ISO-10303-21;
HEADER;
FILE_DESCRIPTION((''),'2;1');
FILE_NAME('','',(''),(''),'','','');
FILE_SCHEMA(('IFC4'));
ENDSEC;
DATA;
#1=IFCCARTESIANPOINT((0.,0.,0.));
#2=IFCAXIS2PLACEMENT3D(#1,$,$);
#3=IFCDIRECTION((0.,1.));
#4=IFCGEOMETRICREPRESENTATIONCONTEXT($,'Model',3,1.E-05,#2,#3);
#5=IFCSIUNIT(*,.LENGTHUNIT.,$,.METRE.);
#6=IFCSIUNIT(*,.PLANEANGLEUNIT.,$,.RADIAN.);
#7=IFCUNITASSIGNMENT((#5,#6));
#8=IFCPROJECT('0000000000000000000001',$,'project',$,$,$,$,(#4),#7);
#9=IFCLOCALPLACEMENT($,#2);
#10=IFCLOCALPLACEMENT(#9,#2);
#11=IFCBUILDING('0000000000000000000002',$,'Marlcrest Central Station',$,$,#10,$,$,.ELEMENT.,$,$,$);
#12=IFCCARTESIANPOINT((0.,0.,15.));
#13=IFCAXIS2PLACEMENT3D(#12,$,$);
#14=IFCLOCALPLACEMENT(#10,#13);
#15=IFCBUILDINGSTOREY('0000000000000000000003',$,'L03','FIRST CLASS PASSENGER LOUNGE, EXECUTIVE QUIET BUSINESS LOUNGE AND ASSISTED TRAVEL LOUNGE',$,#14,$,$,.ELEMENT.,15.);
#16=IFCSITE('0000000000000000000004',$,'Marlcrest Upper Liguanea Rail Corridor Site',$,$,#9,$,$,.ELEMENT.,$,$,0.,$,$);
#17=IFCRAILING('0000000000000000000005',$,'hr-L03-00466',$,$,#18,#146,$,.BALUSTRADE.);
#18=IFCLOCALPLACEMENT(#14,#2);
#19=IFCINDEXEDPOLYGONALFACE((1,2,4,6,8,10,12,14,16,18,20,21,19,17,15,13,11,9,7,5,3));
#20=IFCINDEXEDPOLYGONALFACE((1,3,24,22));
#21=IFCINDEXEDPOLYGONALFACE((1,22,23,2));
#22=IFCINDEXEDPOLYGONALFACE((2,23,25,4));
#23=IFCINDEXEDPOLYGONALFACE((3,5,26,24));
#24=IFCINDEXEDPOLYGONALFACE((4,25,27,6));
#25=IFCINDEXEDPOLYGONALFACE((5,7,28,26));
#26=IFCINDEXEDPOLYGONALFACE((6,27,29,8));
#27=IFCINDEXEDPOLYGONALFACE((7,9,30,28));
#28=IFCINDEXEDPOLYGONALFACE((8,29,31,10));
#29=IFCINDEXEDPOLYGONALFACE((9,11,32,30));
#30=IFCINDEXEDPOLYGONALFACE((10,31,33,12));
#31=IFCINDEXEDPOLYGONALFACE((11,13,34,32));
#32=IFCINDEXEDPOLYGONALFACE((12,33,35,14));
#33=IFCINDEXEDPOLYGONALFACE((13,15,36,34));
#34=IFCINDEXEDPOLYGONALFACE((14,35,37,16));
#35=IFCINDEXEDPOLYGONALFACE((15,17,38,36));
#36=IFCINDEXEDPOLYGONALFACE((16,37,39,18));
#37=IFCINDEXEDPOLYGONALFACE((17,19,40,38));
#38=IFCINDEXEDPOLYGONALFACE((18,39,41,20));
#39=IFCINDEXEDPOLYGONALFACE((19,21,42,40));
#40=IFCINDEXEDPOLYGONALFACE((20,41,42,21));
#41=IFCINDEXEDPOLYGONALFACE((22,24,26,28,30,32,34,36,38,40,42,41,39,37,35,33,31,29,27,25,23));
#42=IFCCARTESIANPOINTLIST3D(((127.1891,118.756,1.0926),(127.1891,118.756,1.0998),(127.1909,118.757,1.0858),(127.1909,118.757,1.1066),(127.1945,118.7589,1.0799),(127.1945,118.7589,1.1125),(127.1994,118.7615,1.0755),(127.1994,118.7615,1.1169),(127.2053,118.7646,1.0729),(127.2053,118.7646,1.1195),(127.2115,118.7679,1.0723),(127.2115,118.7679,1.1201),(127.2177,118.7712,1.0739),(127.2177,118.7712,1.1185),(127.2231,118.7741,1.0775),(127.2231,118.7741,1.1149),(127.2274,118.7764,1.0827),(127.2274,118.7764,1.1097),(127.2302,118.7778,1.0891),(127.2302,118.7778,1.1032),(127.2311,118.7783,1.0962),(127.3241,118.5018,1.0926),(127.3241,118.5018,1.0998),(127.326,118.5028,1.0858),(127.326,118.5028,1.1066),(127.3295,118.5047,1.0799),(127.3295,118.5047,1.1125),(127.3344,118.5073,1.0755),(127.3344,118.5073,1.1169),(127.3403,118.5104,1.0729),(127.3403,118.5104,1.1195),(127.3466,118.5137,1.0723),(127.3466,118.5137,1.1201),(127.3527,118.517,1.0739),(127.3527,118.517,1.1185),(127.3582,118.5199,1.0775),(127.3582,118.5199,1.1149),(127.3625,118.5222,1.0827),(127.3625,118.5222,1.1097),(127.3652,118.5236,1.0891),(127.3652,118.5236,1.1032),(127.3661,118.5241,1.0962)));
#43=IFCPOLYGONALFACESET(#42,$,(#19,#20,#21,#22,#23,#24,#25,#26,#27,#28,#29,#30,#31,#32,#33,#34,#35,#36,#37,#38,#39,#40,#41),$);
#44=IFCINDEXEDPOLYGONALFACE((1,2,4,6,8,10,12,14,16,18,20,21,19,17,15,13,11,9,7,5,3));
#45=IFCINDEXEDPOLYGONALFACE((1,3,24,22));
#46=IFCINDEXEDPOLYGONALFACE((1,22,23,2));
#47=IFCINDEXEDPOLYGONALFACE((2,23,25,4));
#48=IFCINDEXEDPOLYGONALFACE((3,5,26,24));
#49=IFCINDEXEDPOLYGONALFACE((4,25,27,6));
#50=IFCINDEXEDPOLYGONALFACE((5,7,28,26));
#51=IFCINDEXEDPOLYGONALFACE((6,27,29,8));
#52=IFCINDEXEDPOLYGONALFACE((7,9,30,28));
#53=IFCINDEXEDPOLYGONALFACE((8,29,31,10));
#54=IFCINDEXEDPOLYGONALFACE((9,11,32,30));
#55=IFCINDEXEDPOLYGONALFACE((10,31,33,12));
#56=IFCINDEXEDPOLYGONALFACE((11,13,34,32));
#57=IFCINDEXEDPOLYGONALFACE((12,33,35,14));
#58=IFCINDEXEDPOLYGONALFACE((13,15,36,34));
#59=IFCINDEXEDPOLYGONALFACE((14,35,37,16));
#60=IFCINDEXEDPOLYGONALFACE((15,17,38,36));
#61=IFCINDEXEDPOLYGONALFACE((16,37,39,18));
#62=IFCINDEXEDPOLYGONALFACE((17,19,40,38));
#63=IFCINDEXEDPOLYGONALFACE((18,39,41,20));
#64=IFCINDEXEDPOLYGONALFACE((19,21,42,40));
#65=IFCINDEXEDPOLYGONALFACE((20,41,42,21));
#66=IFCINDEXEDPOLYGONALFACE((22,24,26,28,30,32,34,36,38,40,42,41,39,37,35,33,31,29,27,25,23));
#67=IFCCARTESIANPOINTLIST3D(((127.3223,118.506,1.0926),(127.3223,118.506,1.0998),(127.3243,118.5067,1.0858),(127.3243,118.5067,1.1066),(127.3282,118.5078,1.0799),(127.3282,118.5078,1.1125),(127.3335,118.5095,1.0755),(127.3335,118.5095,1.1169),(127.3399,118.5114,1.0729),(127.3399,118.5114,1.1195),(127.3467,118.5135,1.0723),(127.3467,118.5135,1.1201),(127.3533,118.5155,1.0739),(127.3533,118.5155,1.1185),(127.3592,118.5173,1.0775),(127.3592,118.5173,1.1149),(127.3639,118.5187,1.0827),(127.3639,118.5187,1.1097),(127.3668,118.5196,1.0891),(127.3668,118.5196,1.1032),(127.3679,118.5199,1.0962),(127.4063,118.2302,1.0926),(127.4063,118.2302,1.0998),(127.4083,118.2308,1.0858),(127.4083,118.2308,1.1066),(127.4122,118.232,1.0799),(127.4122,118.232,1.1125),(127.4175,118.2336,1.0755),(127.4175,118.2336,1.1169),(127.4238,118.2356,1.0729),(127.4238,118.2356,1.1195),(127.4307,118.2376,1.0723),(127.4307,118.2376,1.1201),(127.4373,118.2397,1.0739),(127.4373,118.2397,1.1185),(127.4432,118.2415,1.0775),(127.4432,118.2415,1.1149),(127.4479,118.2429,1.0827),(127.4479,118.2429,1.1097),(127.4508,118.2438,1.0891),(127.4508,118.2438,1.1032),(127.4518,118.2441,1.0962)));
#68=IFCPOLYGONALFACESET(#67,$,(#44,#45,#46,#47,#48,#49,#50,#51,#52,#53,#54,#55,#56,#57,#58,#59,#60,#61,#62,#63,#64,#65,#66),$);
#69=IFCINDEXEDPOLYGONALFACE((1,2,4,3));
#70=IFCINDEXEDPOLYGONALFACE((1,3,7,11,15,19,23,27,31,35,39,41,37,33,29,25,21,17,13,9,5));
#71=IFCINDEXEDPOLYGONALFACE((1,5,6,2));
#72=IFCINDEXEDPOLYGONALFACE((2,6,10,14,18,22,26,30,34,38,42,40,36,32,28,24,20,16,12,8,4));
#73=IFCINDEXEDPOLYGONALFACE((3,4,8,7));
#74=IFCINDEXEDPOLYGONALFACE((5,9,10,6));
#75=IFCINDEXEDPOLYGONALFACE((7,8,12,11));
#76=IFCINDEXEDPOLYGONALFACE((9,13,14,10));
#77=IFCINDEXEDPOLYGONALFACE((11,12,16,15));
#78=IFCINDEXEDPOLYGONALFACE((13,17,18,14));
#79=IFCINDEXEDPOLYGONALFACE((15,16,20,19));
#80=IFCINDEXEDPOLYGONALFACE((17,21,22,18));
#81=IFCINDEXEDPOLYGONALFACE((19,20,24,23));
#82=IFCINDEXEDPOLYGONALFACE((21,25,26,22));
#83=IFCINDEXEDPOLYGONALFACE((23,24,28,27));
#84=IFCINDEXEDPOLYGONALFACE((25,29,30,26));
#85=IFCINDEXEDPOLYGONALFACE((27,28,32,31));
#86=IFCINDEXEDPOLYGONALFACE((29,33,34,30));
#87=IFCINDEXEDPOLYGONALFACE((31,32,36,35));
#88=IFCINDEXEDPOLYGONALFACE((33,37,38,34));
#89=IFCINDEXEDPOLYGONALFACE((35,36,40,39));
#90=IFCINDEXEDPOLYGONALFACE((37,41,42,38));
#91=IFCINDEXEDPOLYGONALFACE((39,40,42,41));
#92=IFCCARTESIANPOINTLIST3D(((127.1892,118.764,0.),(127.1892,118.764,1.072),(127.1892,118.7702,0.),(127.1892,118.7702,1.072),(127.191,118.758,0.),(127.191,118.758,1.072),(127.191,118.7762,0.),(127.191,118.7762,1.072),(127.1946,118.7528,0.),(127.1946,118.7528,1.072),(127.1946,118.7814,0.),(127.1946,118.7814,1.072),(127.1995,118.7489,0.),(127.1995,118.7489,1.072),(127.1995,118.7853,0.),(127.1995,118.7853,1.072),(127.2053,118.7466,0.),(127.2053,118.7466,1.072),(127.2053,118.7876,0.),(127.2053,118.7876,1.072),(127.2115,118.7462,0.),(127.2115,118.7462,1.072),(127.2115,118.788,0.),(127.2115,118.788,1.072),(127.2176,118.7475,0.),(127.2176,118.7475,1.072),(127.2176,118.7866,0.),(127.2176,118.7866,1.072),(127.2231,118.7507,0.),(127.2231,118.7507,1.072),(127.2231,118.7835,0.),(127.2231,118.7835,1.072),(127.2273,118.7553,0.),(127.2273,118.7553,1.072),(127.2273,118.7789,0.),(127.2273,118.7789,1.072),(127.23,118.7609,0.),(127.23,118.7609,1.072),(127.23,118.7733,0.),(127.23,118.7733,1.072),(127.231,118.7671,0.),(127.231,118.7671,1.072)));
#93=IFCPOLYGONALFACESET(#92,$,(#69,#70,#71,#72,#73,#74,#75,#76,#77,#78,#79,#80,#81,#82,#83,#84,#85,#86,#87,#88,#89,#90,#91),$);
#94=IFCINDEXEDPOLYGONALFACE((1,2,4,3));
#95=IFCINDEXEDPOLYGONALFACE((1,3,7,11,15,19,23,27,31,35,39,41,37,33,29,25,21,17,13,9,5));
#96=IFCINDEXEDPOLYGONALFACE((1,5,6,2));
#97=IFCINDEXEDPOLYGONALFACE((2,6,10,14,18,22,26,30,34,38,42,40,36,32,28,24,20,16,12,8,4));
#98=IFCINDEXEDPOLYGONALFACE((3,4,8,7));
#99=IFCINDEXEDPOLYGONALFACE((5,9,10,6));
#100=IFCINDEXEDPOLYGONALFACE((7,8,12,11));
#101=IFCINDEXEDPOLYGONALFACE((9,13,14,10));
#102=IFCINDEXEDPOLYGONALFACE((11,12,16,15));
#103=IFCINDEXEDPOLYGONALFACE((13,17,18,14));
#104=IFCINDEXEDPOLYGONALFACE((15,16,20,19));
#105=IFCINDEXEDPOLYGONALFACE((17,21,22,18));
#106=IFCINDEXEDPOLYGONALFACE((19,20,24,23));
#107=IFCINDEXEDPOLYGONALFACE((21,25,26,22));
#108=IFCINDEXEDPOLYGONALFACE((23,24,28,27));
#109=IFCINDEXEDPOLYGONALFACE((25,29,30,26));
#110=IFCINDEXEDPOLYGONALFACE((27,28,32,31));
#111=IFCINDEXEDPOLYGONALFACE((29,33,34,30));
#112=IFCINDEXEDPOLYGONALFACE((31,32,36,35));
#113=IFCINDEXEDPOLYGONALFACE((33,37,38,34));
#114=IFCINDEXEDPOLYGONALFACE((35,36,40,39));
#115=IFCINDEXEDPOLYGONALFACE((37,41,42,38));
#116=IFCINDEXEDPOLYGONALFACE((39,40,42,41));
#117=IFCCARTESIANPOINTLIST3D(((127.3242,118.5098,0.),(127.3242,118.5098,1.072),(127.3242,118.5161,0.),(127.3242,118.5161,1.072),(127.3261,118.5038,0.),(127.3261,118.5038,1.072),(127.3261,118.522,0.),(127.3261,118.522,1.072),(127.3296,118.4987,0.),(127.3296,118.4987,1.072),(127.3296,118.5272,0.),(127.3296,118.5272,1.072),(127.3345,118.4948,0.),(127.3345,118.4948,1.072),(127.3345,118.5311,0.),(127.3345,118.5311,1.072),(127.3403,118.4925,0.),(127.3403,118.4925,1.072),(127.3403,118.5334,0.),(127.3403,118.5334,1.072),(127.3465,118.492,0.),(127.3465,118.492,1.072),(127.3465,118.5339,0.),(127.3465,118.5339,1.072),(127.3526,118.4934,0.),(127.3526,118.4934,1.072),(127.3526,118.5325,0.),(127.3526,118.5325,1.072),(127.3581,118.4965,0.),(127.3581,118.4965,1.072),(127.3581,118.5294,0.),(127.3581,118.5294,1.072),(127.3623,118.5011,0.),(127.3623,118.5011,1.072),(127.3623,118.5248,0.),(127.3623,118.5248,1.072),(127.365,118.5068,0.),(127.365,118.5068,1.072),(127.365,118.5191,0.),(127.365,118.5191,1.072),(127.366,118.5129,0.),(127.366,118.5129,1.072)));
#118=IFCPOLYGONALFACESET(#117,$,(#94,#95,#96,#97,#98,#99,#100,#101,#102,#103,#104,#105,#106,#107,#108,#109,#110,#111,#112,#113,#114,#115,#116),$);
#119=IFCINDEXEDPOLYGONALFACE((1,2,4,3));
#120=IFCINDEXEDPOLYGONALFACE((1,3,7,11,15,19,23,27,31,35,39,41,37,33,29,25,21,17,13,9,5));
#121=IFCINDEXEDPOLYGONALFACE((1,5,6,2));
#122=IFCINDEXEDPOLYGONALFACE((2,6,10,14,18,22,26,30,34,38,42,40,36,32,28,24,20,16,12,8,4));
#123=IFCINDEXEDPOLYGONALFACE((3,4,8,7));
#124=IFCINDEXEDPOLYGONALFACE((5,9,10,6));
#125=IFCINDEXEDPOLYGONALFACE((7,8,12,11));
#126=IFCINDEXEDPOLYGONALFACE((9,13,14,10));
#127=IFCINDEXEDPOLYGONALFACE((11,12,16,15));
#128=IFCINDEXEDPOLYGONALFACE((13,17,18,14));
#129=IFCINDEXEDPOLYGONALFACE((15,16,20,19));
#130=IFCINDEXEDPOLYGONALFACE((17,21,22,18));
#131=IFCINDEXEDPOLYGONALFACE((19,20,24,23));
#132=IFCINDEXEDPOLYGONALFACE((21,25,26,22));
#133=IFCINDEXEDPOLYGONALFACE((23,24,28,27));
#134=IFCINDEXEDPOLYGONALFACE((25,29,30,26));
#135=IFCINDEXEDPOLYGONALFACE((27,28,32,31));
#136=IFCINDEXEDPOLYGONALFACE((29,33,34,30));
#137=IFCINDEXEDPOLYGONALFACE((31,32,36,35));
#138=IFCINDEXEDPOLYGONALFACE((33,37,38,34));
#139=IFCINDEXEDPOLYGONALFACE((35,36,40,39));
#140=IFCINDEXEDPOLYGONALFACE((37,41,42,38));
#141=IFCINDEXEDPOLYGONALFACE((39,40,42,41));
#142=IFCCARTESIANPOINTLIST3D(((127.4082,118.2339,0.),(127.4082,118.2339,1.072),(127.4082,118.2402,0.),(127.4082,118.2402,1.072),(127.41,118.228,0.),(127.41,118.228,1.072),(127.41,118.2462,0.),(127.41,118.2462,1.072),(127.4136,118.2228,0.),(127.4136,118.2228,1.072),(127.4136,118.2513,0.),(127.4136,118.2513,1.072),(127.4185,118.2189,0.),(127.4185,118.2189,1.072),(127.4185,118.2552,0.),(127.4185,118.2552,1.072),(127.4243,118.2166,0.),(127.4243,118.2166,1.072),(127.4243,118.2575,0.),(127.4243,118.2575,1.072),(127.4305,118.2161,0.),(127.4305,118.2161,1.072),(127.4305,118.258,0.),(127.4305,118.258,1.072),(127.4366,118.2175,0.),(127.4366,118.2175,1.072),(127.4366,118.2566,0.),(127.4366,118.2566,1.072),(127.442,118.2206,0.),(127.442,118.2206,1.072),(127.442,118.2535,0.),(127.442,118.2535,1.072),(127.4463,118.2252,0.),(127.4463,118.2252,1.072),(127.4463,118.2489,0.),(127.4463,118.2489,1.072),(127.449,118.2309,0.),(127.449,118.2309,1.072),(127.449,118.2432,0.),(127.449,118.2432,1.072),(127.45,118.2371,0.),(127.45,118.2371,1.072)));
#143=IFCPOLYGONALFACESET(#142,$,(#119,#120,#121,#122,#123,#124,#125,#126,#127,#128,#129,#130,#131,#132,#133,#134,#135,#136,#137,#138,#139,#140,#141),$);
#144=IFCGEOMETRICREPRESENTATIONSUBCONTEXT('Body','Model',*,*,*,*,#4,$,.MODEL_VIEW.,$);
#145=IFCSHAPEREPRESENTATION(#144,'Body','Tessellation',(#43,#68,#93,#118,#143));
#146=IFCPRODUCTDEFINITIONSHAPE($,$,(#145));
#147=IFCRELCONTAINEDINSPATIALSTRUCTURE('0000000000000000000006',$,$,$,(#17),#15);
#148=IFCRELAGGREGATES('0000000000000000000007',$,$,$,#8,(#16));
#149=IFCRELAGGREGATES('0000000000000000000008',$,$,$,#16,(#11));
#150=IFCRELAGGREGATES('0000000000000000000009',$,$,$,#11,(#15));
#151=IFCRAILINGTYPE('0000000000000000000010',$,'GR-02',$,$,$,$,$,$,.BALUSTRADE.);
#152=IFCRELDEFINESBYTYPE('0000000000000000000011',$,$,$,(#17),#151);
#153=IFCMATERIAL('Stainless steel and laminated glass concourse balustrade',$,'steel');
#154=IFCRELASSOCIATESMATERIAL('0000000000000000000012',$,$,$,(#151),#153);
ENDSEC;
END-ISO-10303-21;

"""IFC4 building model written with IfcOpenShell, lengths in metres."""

from ifc_helpers import new_model, si_unit, direction, frame, origin, origin_2d, place, context, subcontext, project, spatial, circle, extrude, material, type_object, element, save


model = new_model("IFC4")

# Units and contexts
model_context = context("Model", 3, precision=1e-05, world=origin(), true_north=direction((0.0, 1.0)))
body_context = subcontext(model_context, "Body", "Model", "MODEL_VIEW")
ifc_project = project(units=[si_unit("LENGTHUNIT", "METRE"), si_unit("PLANEANGLEUNIT", "RADIAN")], contexts=[model_context])

# Site, building, storey
site_placement = place(None, origin())
site = spatial("IfcSite", under=ifc_project, at=site_placement, Name="Marlcrest Upper Liguanea Rail Corridor Site", CompositionType="ELEMENT", RefElevation=0.0)
building_placement = place(site_placement, origin())
building = spatial("IfcBuilding", under=site, at=building_placement, Name="Marlcrest Central Station", CompositionType="ELEMENT")
storey_placement = place(building_placement, frame((0.0, 0.0, 15.0)))
storey = spatial("IfcBuildingStorey", under=building, at=storey_placement, Name="L03", Description="FIRST CLASS PASSENGER LOUNGE, EXECUTIVE QUIET BUSINESS LOUNGE AND ASSISTED TRAVEL LOUNGE", CompositionType="ELEMENT", Elevation=15.0)

# Railing
ifc_material_1 = material(Name="Stainless steel and laminated glass concourse balustrade", Category="steel")
railing_type = type_object("IfcRailingType", Name="GR-02", PredefinedType="BALUSTRADE", material=ifc_material_1)
railing_1_placement = place(storey_placement, frame((127.21, 118.7671, 0.0)))
element("IfcRailing", 1, at=railing_1_placement, inside=storey, type_object=railing_type, Name="hr-L03-00466", PredefinedType="BALUSTRADE", context=body_context, shape_type="SweptSolid", body=[
    extrude(circle(Radius=0.0239, at=origin_2d()), frame((0.0, 0.0, 1.0962), z_axis=(0.469135, -0.883127, 0.0), x_axis=(0.883127, 0.469135, 0.0)), (0.0, 0.0, 1.0), 0.2878),
    extrude(circle(Radius=0.0239, at=origin_2d()), frame((0.135, -0.2542, 1.0962), z_axis=(0.291229, -0.956653, 0.0), x_axis=(0.956653, 0.291229, 0.0)), (0.0, 0.0, 1.0), 0.2883),
    extrude(circle(Radius=0.021, at=origin_2d()), origin(), (0.0, 0.0, 1.0), 1.072),
    extrude(circle(Radius=0.021, at=origin_2d()), frame((0.135, -0.2542, 0.0)), (0.0, 0.0, 1.0), 1.072),
    extrude(circle(Radius=0.021, at=origin_2d()), frame((0.219, -0.53, 0.0)), (0.0, 0.0, 1.0), 1.072),
])

save(model, "model.ifc")
